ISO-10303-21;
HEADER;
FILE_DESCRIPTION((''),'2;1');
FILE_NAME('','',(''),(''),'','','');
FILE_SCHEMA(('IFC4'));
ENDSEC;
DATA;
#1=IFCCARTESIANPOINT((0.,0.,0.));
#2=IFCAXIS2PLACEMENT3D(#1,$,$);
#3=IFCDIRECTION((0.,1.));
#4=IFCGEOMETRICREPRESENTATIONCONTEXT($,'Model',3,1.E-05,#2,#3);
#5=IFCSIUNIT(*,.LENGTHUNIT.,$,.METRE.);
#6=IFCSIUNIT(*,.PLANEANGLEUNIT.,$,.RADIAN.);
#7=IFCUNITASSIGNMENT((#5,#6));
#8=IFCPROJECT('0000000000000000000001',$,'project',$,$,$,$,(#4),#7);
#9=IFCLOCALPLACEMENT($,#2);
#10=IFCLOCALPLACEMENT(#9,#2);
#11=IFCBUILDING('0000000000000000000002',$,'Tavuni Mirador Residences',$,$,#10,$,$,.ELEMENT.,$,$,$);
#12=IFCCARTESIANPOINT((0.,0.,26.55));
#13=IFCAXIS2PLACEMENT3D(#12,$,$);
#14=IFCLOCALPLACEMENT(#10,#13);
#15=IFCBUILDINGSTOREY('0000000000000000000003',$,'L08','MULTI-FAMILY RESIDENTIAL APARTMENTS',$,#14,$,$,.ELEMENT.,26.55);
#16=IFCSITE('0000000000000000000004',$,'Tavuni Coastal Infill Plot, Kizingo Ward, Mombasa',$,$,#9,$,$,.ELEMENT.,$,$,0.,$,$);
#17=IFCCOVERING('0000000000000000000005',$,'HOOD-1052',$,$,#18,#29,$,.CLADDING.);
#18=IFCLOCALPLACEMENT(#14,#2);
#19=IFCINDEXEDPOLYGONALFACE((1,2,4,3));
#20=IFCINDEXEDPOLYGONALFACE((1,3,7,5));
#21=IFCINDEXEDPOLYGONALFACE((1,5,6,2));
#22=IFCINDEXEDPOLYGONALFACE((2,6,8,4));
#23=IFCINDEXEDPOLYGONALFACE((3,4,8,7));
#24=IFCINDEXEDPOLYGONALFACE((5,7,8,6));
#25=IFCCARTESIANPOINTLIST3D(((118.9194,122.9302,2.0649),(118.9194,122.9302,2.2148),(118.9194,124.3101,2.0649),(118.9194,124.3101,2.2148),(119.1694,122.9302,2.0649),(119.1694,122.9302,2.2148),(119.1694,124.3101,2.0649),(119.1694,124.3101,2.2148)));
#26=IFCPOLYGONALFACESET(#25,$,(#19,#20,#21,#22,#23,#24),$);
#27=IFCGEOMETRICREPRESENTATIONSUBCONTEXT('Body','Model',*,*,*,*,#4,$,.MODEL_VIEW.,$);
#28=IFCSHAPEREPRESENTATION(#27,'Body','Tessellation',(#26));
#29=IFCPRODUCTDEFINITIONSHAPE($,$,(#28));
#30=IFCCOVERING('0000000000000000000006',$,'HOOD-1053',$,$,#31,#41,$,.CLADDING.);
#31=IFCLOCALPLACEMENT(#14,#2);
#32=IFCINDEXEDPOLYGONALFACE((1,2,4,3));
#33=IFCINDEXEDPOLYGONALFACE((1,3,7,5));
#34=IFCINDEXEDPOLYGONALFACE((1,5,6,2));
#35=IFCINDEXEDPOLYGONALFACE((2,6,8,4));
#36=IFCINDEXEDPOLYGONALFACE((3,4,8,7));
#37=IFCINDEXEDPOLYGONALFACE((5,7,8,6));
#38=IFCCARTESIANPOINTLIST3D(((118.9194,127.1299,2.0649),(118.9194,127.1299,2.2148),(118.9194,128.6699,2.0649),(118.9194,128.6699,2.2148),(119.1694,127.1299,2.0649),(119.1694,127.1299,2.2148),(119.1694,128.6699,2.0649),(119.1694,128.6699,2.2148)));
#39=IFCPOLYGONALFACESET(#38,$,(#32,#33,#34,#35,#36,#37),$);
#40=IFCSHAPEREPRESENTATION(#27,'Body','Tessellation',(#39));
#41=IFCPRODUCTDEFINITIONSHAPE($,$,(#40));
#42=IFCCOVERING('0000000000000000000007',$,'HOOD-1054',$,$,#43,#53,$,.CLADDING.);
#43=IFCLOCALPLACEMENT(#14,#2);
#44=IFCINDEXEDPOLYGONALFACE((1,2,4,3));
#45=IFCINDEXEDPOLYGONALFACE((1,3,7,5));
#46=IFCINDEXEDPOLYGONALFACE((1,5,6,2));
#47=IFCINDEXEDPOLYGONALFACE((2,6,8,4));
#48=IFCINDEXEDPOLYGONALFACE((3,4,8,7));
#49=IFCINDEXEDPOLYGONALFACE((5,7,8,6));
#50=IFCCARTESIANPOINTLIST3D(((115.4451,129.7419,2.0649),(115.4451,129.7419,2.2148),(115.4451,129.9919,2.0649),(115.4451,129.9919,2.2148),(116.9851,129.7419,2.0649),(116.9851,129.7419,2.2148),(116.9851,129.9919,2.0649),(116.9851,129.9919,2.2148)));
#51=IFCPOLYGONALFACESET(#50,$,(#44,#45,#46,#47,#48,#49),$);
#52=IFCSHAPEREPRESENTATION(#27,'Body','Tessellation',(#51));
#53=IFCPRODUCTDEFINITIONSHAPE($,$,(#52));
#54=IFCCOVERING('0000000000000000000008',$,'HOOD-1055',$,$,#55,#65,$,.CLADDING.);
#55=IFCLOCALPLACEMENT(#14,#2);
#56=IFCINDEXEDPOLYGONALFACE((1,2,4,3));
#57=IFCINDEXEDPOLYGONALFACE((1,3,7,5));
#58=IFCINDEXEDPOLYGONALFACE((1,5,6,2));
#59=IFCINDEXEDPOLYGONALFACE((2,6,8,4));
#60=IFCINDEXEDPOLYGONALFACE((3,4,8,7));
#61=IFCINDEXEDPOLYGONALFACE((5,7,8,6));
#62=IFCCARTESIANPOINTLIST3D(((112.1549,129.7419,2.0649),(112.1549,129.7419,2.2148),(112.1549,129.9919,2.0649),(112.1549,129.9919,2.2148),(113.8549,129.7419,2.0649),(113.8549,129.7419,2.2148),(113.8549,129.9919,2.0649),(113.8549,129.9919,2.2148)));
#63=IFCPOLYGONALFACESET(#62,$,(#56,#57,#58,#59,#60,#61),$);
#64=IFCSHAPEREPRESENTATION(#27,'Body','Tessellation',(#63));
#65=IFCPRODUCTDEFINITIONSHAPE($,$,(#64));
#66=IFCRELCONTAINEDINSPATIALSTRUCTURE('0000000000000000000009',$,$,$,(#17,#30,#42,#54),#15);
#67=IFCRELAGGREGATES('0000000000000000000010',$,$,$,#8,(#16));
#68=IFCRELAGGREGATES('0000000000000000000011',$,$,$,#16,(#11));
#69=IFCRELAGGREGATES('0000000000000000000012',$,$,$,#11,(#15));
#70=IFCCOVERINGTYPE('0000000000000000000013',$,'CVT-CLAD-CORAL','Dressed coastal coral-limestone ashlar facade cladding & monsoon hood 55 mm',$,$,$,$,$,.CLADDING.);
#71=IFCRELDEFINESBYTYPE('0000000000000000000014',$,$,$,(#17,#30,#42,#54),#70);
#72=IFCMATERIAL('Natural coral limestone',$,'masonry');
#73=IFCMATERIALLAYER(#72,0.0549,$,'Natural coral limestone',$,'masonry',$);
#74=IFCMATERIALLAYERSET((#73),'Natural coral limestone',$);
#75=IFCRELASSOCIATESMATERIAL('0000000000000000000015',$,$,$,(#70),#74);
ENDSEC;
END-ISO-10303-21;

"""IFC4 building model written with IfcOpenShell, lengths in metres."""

from ifc_helpers import new_model, si_unit, direction, frame, origin, origin_2d, place, context, subcontext, project, spatial, rectangle, extrude, material, layer, layer_set, type_object, element, save


model = new_model("IFC4")

# Units and contexts
model_context = context("Model", 3, precision=1e-05, world=origin(), true_north=direction((0.0, 1.0)))
body_context = subcontext(model_context, "Body", "Model", "MODEL_VIEW")
ifc_project = project(units=[si_unit("LENGTHUNIT", "METRE"), si_unit("PLANEANGLEUNIT", "RADIAN")], contexts=[model_context])

# Site, building, storey
site_placement = place(None, origin())
site = spatial("IfcSite", under=ifc_project, at=site_placement, Name="Tavuni Coastal Infill Plot, Kizingo Ward, Mombasa", CompositionType="ELEMENT", RefElevation=0.0)
building_placement = place(site_placement, origin())
building = spatial("IfcBuilding", under=site, at=building_placement, Name="Tavuni Mirador Residences", CompositionType="ELEMENT")
storey_placement = place(building_placement, frame((0.0, 0.0, 26.55)))
storey = spatial("IfcBuildingStorey", under=building, at=storey_placement, Name="L08", Description="MULTI-FAMILY RESIDENTIAL APARTMENTS", CompositionType="ELEMENT", Elevation=26.55)

# Coverings
ifc_material_1 = material(Name="Natural coral limestone", Category="masonry")
ifc_layer_1 = layer(ifc_material_1, 0.0549, Name="Natural coral limestone", Category="masonry")
ifc_layer_set_1 = layer_set([ifc_layer_1], Name="Natural coral limestone")
covering_type = type_object("IfcCoveringType", Name="CVT-CLAD-CORAL", Description="Dressed coastal coral-limestone ashlar facade cladding & monsoon hood 55 mm", PredefinedType="CLADDING", material=ifc_layer_set_1)
covering_1_placement = place(storey_placement, frame((119.0444, 123.6201, 2.0649), z_axis=(0.0, 0.0, 1.0), x_axis=(0.0, 1.0, 0.0)))
element("IfcCovering", 1, at=covering_1_placement, inside=storey, type_object=covering_type, Name="HOOD-1052", PredefinedType="CLADDING", context=body_context, shape_type="SweptSolid", body=[
    extrude(rectangle(XDim=1.3799, YDim=0.25, at=origin_2d()), origin(), (0.0, 0.0, 1.0), 0.1499),
])
for number, where, z_axis, x_axis, name in (
    (2, (119.0444, 127.8999, 2.0649), (0.0, 0.0, 1.0), (0.0, 1.0, 0.0), "HOOD-1053"),
    (3, (116.2151, 129.8669, 2.0649), (0.0, 0.0, 1.0), (-1.0, 0.0, 0.0), "HOOD-1054"),
):
    element("IfcCovering", number, at=place(storey_placement, frame(where, z_axis=z_axis, x_axis=x_axis)), inside=storey, type_object=covering_type, Name=name, PredefinedType="CLADDING", context=body_context, shape_type="SweptSolid", body=[
        extrude(rectangle(XDim=1.54, YDim=0.25, at=origin_2d()), origin(), (0.0, 0.0, 1.0), 0.1499),
    ])
covering_2_placement = place(storey_placement, frame((113.0049, 129.8669, 2.0649), z_axis=(0.0, 0.0, 1.0), x_axis=(-1.0, 0.0, 0.0)))
element("IfcCovering", 4, at=covering_2_placement, inside=storey, type_object=covering_type, Name="HOOD-1055", PredefinedType="CLADDING", context=body_context, shape_type="SweptSolid", body=[
    extrude(rectangle(XDim=1.7, YDim=0.25, at=origin_2d()), origin(), (0.0, 0.0, 1.0), 0.1499),
])

save(model, "model.ifc")
